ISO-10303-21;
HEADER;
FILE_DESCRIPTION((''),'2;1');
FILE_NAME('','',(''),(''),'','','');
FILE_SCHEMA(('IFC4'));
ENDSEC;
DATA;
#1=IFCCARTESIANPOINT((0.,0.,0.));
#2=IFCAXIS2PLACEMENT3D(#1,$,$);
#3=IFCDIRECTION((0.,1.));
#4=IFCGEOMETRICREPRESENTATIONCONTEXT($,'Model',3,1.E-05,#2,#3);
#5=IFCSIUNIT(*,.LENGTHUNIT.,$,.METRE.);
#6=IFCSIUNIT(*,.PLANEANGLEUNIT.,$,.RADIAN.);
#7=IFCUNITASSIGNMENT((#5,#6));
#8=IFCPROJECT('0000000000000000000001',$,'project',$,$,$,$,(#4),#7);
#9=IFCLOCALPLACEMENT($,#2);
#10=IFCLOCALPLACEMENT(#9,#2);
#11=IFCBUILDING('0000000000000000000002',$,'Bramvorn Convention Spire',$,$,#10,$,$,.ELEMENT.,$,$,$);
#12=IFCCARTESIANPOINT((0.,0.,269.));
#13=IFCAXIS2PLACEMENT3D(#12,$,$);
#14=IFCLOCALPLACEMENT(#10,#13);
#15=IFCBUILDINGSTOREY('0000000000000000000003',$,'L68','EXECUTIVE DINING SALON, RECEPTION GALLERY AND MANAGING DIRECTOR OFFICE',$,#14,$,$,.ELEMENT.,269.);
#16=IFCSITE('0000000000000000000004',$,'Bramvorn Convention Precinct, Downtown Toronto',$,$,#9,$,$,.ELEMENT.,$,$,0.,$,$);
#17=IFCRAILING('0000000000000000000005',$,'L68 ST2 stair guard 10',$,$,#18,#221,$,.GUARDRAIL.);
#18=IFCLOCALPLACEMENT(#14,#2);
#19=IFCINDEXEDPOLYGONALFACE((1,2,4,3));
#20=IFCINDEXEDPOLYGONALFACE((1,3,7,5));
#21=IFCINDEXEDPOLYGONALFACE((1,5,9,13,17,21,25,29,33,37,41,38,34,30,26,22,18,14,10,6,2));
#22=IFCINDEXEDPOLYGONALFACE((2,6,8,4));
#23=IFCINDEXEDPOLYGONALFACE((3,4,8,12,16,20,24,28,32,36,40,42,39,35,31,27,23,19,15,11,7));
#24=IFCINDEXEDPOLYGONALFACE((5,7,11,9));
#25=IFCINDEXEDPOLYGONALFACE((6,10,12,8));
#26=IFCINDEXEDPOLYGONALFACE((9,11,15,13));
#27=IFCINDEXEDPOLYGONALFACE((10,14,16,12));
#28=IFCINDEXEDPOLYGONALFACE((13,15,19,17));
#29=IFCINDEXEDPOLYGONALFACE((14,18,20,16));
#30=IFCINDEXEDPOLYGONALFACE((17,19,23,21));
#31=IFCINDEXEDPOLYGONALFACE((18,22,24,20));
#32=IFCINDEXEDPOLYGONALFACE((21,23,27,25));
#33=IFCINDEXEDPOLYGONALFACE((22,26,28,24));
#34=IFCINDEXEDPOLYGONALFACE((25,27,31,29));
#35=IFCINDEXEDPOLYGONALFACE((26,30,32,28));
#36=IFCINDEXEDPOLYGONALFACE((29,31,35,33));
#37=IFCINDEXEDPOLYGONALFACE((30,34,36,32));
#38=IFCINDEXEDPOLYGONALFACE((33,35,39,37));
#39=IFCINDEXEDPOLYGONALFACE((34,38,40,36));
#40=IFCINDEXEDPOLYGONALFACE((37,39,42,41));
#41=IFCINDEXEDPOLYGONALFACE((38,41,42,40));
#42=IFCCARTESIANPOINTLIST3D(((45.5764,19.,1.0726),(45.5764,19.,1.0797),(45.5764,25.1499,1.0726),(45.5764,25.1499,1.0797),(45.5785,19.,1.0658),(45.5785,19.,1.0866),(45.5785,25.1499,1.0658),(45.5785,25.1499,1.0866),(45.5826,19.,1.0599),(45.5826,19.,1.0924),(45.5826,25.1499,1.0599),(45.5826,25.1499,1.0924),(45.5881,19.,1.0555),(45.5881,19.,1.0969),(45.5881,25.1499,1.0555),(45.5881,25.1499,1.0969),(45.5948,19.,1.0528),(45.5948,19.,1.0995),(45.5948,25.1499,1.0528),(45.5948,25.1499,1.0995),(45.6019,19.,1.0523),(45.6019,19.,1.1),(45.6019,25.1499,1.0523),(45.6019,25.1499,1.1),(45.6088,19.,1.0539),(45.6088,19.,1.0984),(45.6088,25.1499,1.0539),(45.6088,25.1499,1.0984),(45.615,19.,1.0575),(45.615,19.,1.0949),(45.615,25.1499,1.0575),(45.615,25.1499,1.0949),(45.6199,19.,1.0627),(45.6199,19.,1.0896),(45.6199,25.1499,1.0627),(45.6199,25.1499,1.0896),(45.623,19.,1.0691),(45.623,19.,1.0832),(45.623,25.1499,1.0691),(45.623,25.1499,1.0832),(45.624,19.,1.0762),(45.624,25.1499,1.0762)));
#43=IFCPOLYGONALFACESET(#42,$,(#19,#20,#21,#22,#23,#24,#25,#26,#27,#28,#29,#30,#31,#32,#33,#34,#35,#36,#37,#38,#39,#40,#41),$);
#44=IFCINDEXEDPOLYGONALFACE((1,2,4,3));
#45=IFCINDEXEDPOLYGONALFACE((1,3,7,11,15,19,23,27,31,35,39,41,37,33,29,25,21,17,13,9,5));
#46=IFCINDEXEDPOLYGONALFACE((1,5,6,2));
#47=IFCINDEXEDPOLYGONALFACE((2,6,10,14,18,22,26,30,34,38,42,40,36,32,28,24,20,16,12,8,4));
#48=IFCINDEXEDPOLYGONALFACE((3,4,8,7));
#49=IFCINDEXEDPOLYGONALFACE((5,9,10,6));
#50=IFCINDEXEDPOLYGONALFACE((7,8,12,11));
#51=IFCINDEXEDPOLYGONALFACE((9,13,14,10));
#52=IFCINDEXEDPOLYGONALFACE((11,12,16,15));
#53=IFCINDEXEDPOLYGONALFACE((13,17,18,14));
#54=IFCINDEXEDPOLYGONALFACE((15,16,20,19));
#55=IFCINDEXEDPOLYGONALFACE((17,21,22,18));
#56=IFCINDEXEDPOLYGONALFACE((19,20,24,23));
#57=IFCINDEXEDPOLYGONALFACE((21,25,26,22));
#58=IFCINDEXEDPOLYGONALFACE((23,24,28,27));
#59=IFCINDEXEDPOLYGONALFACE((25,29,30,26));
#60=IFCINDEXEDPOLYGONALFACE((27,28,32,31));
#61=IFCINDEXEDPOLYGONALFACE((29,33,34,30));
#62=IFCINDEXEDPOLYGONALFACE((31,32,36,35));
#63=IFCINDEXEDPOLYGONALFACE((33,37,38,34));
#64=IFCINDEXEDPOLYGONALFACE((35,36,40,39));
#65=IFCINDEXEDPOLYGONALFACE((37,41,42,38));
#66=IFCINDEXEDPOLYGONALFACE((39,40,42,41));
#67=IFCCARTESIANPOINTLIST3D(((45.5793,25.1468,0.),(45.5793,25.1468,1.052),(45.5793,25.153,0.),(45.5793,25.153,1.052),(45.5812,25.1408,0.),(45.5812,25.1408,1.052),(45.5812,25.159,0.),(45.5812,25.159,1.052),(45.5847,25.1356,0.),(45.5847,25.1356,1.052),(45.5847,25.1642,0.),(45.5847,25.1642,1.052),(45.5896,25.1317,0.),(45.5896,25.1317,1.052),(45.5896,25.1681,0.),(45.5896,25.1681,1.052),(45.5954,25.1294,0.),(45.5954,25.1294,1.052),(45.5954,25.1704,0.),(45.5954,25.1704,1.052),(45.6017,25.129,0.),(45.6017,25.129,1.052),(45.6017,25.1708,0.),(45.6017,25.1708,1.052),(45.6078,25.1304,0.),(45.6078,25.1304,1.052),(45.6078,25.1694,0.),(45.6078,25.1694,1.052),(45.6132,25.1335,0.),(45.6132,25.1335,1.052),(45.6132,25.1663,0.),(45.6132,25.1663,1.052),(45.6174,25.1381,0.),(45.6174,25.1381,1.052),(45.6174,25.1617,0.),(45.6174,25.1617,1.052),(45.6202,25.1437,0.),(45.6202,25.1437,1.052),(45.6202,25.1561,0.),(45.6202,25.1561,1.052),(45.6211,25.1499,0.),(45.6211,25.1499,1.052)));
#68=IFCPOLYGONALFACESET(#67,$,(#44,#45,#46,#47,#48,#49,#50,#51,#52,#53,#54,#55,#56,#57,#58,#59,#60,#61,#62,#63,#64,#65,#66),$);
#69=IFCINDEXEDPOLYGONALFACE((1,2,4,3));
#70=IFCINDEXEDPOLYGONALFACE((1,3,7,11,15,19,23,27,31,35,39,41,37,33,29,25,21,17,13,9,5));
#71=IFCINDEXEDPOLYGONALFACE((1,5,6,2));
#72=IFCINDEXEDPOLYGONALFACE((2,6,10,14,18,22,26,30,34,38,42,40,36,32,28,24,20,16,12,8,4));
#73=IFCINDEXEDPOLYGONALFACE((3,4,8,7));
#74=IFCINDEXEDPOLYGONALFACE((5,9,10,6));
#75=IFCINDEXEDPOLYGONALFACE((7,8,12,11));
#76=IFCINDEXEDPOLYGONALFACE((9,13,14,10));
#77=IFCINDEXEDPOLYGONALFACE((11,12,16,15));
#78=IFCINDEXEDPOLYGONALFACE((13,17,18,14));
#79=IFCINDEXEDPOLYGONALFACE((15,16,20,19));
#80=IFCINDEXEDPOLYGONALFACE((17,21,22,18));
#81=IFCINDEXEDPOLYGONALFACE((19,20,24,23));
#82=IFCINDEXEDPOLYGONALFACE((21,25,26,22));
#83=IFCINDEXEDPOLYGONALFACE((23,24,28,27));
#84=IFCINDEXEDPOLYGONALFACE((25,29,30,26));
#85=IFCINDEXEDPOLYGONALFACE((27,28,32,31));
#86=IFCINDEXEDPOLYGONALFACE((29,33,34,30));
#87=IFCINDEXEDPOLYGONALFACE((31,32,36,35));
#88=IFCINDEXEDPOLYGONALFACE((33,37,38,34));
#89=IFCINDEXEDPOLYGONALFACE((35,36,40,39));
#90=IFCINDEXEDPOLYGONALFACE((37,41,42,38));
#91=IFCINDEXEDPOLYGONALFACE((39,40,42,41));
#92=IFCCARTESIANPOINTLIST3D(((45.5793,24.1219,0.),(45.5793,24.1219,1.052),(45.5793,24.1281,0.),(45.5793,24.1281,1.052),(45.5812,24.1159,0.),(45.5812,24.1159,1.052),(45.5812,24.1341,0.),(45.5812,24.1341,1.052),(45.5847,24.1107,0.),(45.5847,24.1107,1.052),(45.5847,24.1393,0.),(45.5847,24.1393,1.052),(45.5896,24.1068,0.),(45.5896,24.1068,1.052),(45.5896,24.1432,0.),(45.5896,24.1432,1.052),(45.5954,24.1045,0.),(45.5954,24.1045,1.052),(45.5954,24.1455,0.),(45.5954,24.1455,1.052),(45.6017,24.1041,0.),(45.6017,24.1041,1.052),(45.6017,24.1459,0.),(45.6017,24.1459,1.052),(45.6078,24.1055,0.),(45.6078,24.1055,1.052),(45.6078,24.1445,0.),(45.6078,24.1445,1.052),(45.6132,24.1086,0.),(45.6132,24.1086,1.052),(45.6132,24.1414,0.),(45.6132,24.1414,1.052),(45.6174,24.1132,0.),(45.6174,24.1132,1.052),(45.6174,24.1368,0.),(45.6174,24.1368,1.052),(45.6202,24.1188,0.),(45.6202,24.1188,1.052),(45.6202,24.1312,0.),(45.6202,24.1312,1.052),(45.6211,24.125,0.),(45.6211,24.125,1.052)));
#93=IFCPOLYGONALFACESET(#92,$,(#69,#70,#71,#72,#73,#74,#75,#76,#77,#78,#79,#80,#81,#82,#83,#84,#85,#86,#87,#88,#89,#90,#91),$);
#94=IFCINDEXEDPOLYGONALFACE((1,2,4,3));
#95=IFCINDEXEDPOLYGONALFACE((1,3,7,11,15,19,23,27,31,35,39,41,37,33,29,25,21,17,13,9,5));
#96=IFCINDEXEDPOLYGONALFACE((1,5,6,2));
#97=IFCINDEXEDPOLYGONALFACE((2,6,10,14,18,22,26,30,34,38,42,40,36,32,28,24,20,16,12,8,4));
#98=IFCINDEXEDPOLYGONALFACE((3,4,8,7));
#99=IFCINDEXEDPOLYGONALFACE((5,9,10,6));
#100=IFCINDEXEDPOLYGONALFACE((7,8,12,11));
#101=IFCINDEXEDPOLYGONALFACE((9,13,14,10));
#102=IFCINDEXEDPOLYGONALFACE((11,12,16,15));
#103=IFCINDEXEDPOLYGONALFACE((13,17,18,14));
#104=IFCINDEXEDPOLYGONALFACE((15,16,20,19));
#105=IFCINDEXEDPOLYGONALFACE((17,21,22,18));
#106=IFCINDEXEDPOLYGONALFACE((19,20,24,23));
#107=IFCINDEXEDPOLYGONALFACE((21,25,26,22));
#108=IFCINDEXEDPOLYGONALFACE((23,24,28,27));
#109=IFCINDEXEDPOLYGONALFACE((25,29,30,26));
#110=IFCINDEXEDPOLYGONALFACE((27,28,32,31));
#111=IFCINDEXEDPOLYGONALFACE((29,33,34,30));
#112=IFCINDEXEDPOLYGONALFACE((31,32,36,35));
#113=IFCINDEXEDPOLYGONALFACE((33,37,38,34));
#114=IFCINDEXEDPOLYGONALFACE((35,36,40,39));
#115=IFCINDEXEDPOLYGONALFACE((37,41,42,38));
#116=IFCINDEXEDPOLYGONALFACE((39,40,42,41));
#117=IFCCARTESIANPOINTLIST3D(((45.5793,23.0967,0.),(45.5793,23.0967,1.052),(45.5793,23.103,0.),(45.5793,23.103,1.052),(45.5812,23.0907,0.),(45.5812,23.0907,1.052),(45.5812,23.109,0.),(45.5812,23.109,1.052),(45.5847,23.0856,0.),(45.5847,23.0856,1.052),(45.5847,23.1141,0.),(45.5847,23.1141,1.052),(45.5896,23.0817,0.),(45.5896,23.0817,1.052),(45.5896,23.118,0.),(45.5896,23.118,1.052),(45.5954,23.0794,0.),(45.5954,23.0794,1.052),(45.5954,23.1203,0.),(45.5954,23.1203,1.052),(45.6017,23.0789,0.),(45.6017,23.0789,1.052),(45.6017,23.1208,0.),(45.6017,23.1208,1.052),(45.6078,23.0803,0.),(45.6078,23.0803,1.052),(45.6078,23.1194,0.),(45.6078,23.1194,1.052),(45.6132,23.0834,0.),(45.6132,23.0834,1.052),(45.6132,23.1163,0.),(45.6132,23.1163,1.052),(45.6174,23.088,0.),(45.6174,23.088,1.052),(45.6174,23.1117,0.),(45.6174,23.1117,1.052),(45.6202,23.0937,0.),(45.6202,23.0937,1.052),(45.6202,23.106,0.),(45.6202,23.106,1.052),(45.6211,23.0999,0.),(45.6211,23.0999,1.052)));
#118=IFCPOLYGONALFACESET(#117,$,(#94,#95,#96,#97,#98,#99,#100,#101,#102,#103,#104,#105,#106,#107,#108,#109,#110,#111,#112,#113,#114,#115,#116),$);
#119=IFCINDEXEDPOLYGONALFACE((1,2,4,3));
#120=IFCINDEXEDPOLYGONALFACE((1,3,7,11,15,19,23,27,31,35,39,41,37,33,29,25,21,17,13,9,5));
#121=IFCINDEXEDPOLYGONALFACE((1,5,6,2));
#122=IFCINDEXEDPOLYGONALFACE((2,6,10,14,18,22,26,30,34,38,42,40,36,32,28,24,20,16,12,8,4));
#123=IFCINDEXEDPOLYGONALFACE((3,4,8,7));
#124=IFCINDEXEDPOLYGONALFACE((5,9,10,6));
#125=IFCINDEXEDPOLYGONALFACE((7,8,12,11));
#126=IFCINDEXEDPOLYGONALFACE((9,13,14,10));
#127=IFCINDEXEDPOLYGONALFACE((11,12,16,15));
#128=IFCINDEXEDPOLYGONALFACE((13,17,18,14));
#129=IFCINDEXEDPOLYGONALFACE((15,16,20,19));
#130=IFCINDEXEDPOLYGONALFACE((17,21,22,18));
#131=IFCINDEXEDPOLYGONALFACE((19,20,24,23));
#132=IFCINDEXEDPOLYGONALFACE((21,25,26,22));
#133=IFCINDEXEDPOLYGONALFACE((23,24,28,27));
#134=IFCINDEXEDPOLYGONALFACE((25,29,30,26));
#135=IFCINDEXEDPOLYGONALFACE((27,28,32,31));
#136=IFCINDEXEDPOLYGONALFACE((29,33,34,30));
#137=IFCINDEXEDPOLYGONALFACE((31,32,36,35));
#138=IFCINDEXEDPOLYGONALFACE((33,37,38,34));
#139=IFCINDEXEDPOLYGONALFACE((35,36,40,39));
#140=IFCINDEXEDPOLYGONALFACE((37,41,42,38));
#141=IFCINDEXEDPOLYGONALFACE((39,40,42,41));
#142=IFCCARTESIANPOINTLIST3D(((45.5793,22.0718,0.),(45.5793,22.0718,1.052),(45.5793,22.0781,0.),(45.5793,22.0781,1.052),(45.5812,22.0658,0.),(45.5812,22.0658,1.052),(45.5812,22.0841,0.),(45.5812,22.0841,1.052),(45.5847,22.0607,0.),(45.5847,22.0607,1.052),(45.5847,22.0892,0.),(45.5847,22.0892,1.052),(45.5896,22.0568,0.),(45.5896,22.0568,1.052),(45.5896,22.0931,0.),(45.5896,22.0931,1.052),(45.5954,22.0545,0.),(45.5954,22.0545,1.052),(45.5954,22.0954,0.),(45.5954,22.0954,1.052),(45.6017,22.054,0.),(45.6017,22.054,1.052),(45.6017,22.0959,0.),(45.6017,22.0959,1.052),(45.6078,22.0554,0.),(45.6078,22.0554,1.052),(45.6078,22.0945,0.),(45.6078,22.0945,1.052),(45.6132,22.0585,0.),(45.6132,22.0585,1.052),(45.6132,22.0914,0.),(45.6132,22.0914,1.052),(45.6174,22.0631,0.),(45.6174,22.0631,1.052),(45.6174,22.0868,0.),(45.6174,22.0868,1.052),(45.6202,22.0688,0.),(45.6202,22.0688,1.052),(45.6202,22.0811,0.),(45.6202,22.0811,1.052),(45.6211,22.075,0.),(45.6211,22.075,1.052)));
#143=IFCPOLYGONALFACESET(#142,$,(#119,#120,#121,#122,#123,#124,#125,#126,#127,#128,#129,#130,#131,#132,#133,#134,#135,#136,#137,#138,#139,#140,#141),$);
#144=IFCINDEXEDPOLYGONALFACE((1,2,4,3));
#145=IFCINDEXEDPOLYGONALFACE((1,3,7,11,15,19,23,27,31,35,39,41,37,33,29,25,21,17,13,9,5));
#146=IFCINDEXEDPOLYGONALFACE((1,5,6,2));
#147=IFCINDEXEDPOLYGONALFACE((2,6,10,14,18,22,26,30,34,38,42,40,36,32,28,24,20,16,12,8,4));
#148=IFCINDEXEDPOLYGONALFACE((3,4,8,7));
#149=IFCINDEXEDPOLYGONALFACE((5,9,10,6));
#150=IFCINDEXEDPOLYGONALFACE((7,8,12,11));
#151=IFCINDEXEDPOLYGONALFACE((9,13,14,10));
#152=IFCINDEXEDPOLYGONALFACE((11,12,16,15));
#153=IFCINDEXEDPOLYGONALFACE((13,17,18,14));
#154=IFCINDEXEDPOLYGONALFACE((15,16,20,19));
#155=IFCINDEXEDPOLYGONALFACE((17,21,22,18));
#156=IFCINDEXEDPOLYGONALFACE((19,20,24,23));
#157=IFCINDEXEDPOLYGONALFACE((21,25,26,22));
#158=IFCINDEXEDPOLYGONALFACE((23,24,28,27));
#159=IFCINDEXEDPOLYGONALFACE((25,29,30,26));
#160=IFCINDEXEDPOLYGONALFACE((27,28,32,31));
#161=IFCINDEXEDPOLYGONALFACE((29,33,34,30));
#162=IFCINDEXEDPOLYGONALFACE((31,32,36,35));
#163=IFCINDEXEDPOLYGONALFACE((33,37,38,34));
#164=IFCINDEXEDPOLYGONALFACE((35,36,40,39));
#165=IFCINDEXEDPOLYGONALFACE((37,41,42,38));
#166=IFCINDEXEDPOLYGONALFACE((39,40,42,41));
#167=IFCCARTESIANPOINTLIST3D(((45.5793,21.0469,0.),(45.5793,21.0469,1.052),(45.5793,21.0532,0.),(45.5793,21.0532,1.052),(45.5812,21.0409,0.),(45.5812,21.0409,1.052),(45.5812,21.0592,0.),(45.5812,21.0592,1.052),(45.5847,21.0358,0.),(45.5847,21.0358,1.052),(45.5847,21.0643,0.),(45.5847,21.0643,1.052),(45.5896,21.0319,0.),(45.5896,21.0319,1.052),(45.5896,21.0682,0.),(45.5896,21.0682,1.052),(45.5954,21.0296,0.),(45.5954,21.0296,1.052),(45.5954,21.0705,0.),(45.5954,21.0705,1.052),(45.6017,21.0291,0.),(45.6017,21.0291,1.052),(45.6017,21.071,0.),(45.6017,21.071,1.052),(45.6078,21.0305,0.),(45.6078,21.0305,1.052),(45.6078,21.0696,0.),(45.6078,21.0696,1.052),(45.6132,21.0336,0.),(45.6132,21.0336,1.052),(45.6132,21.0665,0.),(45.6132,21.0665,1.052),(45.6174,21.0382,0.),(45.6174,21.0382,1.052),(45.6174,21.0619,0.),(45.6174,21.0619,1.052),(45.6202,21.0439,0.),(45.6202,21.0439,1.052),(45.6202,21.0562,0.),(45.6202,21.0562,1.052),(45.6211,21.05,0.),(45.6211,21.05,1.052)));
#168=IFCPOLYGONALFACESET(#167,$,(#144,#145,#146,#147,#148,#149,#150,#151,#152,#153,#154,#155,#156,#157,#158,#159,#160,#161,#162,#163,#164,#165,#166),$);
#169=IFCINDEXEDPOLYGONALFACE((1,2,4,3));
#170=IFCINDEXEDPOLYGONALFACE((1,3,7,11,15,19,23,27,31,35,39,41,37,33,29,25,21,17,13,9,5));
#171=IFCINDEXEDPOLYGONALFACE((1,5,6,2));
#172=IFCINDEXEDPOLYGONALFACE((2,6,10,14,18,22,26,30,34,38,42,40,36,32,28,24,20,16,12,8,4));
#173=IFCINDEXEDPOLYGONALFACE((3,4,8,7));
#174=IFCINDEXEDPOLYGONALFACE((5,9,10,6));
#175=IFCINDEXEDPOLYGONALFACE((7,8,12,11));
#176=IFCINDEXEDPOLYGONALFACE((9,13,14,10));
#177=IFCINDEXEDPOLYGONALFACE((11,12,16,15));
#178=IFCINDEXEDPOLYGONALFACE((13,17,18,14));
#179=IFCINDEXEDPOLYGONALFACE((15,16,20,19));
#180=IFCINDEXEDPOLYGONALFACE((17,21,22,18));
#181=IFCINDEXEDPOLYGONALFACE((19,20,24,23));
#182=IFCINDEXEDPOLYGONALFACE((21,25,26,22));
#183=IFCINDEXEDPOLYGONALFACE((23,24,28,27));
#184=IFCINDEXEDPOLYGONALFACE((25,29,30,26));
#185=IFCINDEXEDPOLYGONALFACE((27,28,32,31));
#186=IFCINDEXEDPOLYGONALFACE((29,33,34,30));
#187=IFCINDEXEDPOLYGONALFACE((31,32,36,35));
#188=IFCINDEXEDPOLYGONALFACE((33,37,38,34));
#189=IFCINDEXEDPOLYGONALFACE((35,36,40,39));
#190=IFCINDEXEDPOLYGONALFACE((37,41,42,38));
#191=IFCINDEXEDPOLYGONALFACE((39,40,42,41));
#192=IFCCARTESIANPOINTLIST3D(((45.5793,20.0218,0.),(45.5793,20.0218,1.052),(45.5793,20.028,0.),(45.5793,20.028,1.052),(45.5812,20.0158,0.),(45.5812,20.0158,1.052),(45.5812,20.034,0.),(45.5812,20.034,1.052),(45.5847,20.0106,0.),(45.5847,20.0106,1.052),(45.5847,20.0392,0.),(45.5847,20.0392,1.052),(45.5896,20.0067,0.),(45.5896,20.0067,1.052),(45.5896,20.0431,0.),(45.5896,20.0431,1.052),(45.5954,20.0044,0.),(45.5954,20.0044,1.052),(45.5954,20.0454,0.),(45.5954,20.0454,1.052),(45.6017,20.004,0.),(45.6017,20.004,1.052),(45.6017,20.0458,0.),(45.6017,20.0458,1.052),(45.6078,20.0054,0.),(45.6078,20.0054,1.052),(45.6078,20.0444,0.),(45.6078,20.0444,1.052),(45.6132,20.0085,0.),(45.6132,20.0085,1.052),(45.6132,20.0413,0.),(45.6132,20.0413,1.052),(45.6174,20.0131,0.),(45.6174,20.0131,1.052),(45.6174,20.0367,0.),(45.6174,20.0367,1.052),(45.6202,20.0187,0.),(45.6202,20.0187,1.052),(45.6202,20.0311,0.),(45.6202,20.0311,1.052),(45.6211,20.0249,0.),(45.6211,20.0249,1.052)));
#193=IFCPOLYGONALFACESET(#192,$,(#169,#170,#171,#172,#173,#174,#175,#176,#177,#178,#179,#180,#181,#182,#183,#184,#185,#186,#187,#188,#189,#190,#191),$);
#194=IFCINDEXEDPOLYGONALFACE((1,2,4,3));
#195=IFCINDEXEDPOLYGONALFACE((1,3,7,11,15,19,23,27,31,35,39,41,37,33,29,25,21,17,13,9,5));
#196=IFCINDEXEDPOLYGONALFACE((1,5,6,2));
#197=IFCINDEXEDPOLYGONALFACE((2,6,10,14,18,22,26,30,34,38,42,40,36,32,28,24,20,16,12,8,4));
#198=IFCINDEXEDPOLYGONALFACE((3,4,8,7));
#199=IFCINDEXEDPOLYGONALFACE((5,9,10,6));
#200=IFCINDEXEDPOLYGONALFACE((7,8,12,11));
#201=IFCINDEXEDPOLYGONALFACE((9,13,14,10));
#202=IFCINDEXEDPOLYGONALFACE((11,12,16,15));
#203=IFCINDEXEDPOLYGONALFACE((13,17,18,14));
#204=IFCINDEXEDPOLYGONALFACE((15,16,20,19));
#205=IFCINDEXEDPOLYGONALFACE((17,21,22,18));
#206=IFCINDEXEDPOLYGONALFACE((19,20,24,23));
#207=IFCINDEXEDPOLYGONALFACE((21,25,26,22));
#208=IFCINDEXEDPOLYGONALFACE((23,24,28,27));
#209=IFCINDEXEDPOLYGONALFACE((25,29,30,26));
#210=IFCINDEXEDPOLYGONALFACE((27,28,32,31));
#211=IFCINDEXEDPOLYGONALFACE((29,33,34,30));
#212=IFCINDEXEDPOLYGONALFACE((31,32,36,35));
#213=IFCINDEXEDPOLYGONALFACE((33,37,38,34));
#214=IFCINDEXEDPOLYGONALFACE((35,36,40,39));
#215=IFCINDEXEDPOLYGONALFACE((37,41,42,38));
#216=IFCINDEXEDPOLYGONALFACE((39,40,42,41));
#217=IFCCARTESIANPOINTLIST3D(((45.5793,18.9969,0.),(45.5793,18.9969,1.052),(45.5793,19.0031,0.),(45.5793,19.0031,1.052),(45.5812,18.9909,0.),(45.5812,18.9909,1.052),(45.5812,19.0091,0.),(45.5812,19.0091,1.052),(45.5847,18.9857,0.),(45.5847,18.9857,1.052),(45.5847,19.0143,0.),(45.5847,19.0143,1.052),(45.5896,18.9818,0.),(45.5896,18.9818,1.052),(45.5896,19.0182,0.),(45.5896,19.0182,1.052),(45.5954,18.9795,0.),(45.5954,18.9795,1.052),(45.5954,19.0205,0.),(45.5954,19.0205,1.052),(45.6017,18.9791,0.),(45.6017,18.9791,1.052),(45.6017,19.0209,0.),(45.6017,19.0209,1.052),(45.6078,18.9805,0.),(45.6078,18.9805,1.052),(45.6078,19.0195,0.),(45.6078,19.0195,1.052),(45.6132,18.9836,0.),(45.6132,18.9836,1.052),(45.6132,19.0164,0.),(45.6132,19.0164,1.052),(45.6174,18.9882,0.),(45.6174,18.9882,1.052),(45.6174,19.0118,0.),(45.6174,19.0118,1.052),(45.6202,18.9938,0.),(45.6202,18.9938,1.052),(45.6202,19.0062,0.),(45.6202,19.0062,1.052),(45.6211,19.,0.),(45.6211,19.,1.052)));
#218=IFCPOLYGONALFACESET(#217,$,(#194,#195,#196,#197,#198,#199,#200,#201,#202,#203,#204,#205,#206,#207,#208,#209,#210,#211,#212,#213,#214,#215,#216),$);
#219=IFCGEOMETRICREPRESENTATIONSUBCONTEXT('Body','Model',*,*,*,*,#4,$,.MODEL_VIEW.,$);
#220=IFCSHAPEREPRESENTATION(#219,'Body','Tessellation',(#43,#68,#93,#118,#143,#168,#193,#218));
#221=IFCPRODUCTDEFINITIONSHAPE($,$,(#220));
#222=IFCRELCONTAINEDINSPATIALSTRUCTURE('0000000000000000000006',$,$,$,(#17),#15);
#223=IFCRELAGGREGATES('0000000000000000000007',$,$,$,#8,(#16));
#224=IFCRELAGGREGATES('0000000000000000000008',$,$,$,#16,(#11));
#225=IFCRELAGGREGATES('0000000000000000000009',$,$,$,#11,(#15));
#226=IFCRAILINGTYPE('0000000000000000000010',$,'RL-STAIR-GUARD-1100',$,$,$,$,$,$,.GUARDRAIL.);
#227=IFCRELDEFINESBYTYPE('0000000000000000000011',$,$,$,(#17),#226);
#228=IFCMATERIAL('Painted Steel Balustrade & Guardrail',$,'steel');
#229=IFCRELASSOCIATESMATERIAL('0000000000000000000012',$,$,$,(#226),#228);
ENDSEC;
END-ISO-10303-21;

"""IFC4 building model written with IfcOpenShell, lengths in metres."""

from ifc_helpers import new_model, si_unit, direction, frame, origin, origin_2d, place, context, subcontext, project, spatial, circle, extrude, material, type_object, element, save


model = new_model("IFC4")

# Units and contexts
model_context = context("Model", 3, precision=1e-05, world=origin(), true_north=direction((0.0, 1.0)))
body_context = subcontext(model_context, "Body", "Model", "MODEL_VIEW")
ifc_project = project(units=[si_unit("LENGTHUNIT", "METRE"), si_unit("PLANEANGLEUNIT", "RADIAN")], contexts=[model_context])

# Site, building, storey
site_placement = place(None, origin())
site = spatial("IfcSite", under=ifc_project, at=site_placement, Name="Bramvorn Convention Precinct, Downtown Toronto", CompositionType="ELEMENT", RefElevation=0.0)
building_placement = place(site_placement, origin())
building = spatial("IfcBuilding", under=site, at=building_placement, Name="Bramvorn Convention Spire", CompositionType="ELEMENT")
storey_placement = place(building_placement, frame((0.0, 0.0, 269.0)))
storey = spatial("IfcBuildingStorey", under=building, at=storey_placement, Name="L68", Description="EXECUTIVE DINING SALON, RECEPTION GALLERY AND MANAGING DIRECTOR OFFICE", CompositionType="ELEMENT", Elevation=269.0)

# Railing
ifc_material_1 = material(Name="Painted Steel Balustrade & Guardrail", Category="steel")
railing_type_1 = type_object("IfcRailingType", Name="RL-STAIR-GUARD-1100", PredefinedType="GUARDRAIL", material=ifc_material_1)
railing_1_placement = place(storey_placement, frame((45.6001, 25.1499, 0.0)))
element("IfcRailing", 1, at=railing_1_placement, inside=storey, type_object=railing_type_1, Name="L68 ST2 stair guard 10", PredefinedType="GUARDRAIL", context=body_context, shape_type="SweptSolid", body=[
    extrude(circle(Radius=0.0239, at=origin_2d()), frame((0.0, 0.0, 1.0762), z_axis=(0.0, -1.0, 0.0), x_axis=(1.0, 0.0, 0.0)), (0.0, 0.0, 1.0), 6.1499),
    extrude(circle(Radius=0.021, at=origin_2d()), origin(), (0.0, 0.0, 1.0), 1.052),
    extrude(circle(Radius=0.021, at=origin_2d()), frame((0.0, -1.0249, 0.0)), (0.0, 0.0, 1.0), 1.052),
    extrude(circle(Radius=0.021, at=origin_2d()), frame((0.0, -2.05, 0.0)), (0.0, 0.0, 1.0), 1.052),
    extrude(circle(Radius=0.021, at=origin_2d()), frame((0.0, -3.075, 0.0)), (0.0, 0.0, 1.0), 1.052),
    extrude(circle(Radius=0.021, at=origin_2d()), frame((0.0, -4.0999, 0.0)), (0.0, 0.0, 1.0), 1.052),
    extrude(circle(Radius=0.021, at=origin_2d()), frame((0.0, -5.125, 0.0)), (0.0, 0.0, 1.0), 1.052),
    extrude(circle(Radius=0.021, at=origin_2d()), frame((0.0, -6.1499, 0.0)), (0.0, 0.0, 1.0), 1.052),
])

save(model, "model.ifc")
